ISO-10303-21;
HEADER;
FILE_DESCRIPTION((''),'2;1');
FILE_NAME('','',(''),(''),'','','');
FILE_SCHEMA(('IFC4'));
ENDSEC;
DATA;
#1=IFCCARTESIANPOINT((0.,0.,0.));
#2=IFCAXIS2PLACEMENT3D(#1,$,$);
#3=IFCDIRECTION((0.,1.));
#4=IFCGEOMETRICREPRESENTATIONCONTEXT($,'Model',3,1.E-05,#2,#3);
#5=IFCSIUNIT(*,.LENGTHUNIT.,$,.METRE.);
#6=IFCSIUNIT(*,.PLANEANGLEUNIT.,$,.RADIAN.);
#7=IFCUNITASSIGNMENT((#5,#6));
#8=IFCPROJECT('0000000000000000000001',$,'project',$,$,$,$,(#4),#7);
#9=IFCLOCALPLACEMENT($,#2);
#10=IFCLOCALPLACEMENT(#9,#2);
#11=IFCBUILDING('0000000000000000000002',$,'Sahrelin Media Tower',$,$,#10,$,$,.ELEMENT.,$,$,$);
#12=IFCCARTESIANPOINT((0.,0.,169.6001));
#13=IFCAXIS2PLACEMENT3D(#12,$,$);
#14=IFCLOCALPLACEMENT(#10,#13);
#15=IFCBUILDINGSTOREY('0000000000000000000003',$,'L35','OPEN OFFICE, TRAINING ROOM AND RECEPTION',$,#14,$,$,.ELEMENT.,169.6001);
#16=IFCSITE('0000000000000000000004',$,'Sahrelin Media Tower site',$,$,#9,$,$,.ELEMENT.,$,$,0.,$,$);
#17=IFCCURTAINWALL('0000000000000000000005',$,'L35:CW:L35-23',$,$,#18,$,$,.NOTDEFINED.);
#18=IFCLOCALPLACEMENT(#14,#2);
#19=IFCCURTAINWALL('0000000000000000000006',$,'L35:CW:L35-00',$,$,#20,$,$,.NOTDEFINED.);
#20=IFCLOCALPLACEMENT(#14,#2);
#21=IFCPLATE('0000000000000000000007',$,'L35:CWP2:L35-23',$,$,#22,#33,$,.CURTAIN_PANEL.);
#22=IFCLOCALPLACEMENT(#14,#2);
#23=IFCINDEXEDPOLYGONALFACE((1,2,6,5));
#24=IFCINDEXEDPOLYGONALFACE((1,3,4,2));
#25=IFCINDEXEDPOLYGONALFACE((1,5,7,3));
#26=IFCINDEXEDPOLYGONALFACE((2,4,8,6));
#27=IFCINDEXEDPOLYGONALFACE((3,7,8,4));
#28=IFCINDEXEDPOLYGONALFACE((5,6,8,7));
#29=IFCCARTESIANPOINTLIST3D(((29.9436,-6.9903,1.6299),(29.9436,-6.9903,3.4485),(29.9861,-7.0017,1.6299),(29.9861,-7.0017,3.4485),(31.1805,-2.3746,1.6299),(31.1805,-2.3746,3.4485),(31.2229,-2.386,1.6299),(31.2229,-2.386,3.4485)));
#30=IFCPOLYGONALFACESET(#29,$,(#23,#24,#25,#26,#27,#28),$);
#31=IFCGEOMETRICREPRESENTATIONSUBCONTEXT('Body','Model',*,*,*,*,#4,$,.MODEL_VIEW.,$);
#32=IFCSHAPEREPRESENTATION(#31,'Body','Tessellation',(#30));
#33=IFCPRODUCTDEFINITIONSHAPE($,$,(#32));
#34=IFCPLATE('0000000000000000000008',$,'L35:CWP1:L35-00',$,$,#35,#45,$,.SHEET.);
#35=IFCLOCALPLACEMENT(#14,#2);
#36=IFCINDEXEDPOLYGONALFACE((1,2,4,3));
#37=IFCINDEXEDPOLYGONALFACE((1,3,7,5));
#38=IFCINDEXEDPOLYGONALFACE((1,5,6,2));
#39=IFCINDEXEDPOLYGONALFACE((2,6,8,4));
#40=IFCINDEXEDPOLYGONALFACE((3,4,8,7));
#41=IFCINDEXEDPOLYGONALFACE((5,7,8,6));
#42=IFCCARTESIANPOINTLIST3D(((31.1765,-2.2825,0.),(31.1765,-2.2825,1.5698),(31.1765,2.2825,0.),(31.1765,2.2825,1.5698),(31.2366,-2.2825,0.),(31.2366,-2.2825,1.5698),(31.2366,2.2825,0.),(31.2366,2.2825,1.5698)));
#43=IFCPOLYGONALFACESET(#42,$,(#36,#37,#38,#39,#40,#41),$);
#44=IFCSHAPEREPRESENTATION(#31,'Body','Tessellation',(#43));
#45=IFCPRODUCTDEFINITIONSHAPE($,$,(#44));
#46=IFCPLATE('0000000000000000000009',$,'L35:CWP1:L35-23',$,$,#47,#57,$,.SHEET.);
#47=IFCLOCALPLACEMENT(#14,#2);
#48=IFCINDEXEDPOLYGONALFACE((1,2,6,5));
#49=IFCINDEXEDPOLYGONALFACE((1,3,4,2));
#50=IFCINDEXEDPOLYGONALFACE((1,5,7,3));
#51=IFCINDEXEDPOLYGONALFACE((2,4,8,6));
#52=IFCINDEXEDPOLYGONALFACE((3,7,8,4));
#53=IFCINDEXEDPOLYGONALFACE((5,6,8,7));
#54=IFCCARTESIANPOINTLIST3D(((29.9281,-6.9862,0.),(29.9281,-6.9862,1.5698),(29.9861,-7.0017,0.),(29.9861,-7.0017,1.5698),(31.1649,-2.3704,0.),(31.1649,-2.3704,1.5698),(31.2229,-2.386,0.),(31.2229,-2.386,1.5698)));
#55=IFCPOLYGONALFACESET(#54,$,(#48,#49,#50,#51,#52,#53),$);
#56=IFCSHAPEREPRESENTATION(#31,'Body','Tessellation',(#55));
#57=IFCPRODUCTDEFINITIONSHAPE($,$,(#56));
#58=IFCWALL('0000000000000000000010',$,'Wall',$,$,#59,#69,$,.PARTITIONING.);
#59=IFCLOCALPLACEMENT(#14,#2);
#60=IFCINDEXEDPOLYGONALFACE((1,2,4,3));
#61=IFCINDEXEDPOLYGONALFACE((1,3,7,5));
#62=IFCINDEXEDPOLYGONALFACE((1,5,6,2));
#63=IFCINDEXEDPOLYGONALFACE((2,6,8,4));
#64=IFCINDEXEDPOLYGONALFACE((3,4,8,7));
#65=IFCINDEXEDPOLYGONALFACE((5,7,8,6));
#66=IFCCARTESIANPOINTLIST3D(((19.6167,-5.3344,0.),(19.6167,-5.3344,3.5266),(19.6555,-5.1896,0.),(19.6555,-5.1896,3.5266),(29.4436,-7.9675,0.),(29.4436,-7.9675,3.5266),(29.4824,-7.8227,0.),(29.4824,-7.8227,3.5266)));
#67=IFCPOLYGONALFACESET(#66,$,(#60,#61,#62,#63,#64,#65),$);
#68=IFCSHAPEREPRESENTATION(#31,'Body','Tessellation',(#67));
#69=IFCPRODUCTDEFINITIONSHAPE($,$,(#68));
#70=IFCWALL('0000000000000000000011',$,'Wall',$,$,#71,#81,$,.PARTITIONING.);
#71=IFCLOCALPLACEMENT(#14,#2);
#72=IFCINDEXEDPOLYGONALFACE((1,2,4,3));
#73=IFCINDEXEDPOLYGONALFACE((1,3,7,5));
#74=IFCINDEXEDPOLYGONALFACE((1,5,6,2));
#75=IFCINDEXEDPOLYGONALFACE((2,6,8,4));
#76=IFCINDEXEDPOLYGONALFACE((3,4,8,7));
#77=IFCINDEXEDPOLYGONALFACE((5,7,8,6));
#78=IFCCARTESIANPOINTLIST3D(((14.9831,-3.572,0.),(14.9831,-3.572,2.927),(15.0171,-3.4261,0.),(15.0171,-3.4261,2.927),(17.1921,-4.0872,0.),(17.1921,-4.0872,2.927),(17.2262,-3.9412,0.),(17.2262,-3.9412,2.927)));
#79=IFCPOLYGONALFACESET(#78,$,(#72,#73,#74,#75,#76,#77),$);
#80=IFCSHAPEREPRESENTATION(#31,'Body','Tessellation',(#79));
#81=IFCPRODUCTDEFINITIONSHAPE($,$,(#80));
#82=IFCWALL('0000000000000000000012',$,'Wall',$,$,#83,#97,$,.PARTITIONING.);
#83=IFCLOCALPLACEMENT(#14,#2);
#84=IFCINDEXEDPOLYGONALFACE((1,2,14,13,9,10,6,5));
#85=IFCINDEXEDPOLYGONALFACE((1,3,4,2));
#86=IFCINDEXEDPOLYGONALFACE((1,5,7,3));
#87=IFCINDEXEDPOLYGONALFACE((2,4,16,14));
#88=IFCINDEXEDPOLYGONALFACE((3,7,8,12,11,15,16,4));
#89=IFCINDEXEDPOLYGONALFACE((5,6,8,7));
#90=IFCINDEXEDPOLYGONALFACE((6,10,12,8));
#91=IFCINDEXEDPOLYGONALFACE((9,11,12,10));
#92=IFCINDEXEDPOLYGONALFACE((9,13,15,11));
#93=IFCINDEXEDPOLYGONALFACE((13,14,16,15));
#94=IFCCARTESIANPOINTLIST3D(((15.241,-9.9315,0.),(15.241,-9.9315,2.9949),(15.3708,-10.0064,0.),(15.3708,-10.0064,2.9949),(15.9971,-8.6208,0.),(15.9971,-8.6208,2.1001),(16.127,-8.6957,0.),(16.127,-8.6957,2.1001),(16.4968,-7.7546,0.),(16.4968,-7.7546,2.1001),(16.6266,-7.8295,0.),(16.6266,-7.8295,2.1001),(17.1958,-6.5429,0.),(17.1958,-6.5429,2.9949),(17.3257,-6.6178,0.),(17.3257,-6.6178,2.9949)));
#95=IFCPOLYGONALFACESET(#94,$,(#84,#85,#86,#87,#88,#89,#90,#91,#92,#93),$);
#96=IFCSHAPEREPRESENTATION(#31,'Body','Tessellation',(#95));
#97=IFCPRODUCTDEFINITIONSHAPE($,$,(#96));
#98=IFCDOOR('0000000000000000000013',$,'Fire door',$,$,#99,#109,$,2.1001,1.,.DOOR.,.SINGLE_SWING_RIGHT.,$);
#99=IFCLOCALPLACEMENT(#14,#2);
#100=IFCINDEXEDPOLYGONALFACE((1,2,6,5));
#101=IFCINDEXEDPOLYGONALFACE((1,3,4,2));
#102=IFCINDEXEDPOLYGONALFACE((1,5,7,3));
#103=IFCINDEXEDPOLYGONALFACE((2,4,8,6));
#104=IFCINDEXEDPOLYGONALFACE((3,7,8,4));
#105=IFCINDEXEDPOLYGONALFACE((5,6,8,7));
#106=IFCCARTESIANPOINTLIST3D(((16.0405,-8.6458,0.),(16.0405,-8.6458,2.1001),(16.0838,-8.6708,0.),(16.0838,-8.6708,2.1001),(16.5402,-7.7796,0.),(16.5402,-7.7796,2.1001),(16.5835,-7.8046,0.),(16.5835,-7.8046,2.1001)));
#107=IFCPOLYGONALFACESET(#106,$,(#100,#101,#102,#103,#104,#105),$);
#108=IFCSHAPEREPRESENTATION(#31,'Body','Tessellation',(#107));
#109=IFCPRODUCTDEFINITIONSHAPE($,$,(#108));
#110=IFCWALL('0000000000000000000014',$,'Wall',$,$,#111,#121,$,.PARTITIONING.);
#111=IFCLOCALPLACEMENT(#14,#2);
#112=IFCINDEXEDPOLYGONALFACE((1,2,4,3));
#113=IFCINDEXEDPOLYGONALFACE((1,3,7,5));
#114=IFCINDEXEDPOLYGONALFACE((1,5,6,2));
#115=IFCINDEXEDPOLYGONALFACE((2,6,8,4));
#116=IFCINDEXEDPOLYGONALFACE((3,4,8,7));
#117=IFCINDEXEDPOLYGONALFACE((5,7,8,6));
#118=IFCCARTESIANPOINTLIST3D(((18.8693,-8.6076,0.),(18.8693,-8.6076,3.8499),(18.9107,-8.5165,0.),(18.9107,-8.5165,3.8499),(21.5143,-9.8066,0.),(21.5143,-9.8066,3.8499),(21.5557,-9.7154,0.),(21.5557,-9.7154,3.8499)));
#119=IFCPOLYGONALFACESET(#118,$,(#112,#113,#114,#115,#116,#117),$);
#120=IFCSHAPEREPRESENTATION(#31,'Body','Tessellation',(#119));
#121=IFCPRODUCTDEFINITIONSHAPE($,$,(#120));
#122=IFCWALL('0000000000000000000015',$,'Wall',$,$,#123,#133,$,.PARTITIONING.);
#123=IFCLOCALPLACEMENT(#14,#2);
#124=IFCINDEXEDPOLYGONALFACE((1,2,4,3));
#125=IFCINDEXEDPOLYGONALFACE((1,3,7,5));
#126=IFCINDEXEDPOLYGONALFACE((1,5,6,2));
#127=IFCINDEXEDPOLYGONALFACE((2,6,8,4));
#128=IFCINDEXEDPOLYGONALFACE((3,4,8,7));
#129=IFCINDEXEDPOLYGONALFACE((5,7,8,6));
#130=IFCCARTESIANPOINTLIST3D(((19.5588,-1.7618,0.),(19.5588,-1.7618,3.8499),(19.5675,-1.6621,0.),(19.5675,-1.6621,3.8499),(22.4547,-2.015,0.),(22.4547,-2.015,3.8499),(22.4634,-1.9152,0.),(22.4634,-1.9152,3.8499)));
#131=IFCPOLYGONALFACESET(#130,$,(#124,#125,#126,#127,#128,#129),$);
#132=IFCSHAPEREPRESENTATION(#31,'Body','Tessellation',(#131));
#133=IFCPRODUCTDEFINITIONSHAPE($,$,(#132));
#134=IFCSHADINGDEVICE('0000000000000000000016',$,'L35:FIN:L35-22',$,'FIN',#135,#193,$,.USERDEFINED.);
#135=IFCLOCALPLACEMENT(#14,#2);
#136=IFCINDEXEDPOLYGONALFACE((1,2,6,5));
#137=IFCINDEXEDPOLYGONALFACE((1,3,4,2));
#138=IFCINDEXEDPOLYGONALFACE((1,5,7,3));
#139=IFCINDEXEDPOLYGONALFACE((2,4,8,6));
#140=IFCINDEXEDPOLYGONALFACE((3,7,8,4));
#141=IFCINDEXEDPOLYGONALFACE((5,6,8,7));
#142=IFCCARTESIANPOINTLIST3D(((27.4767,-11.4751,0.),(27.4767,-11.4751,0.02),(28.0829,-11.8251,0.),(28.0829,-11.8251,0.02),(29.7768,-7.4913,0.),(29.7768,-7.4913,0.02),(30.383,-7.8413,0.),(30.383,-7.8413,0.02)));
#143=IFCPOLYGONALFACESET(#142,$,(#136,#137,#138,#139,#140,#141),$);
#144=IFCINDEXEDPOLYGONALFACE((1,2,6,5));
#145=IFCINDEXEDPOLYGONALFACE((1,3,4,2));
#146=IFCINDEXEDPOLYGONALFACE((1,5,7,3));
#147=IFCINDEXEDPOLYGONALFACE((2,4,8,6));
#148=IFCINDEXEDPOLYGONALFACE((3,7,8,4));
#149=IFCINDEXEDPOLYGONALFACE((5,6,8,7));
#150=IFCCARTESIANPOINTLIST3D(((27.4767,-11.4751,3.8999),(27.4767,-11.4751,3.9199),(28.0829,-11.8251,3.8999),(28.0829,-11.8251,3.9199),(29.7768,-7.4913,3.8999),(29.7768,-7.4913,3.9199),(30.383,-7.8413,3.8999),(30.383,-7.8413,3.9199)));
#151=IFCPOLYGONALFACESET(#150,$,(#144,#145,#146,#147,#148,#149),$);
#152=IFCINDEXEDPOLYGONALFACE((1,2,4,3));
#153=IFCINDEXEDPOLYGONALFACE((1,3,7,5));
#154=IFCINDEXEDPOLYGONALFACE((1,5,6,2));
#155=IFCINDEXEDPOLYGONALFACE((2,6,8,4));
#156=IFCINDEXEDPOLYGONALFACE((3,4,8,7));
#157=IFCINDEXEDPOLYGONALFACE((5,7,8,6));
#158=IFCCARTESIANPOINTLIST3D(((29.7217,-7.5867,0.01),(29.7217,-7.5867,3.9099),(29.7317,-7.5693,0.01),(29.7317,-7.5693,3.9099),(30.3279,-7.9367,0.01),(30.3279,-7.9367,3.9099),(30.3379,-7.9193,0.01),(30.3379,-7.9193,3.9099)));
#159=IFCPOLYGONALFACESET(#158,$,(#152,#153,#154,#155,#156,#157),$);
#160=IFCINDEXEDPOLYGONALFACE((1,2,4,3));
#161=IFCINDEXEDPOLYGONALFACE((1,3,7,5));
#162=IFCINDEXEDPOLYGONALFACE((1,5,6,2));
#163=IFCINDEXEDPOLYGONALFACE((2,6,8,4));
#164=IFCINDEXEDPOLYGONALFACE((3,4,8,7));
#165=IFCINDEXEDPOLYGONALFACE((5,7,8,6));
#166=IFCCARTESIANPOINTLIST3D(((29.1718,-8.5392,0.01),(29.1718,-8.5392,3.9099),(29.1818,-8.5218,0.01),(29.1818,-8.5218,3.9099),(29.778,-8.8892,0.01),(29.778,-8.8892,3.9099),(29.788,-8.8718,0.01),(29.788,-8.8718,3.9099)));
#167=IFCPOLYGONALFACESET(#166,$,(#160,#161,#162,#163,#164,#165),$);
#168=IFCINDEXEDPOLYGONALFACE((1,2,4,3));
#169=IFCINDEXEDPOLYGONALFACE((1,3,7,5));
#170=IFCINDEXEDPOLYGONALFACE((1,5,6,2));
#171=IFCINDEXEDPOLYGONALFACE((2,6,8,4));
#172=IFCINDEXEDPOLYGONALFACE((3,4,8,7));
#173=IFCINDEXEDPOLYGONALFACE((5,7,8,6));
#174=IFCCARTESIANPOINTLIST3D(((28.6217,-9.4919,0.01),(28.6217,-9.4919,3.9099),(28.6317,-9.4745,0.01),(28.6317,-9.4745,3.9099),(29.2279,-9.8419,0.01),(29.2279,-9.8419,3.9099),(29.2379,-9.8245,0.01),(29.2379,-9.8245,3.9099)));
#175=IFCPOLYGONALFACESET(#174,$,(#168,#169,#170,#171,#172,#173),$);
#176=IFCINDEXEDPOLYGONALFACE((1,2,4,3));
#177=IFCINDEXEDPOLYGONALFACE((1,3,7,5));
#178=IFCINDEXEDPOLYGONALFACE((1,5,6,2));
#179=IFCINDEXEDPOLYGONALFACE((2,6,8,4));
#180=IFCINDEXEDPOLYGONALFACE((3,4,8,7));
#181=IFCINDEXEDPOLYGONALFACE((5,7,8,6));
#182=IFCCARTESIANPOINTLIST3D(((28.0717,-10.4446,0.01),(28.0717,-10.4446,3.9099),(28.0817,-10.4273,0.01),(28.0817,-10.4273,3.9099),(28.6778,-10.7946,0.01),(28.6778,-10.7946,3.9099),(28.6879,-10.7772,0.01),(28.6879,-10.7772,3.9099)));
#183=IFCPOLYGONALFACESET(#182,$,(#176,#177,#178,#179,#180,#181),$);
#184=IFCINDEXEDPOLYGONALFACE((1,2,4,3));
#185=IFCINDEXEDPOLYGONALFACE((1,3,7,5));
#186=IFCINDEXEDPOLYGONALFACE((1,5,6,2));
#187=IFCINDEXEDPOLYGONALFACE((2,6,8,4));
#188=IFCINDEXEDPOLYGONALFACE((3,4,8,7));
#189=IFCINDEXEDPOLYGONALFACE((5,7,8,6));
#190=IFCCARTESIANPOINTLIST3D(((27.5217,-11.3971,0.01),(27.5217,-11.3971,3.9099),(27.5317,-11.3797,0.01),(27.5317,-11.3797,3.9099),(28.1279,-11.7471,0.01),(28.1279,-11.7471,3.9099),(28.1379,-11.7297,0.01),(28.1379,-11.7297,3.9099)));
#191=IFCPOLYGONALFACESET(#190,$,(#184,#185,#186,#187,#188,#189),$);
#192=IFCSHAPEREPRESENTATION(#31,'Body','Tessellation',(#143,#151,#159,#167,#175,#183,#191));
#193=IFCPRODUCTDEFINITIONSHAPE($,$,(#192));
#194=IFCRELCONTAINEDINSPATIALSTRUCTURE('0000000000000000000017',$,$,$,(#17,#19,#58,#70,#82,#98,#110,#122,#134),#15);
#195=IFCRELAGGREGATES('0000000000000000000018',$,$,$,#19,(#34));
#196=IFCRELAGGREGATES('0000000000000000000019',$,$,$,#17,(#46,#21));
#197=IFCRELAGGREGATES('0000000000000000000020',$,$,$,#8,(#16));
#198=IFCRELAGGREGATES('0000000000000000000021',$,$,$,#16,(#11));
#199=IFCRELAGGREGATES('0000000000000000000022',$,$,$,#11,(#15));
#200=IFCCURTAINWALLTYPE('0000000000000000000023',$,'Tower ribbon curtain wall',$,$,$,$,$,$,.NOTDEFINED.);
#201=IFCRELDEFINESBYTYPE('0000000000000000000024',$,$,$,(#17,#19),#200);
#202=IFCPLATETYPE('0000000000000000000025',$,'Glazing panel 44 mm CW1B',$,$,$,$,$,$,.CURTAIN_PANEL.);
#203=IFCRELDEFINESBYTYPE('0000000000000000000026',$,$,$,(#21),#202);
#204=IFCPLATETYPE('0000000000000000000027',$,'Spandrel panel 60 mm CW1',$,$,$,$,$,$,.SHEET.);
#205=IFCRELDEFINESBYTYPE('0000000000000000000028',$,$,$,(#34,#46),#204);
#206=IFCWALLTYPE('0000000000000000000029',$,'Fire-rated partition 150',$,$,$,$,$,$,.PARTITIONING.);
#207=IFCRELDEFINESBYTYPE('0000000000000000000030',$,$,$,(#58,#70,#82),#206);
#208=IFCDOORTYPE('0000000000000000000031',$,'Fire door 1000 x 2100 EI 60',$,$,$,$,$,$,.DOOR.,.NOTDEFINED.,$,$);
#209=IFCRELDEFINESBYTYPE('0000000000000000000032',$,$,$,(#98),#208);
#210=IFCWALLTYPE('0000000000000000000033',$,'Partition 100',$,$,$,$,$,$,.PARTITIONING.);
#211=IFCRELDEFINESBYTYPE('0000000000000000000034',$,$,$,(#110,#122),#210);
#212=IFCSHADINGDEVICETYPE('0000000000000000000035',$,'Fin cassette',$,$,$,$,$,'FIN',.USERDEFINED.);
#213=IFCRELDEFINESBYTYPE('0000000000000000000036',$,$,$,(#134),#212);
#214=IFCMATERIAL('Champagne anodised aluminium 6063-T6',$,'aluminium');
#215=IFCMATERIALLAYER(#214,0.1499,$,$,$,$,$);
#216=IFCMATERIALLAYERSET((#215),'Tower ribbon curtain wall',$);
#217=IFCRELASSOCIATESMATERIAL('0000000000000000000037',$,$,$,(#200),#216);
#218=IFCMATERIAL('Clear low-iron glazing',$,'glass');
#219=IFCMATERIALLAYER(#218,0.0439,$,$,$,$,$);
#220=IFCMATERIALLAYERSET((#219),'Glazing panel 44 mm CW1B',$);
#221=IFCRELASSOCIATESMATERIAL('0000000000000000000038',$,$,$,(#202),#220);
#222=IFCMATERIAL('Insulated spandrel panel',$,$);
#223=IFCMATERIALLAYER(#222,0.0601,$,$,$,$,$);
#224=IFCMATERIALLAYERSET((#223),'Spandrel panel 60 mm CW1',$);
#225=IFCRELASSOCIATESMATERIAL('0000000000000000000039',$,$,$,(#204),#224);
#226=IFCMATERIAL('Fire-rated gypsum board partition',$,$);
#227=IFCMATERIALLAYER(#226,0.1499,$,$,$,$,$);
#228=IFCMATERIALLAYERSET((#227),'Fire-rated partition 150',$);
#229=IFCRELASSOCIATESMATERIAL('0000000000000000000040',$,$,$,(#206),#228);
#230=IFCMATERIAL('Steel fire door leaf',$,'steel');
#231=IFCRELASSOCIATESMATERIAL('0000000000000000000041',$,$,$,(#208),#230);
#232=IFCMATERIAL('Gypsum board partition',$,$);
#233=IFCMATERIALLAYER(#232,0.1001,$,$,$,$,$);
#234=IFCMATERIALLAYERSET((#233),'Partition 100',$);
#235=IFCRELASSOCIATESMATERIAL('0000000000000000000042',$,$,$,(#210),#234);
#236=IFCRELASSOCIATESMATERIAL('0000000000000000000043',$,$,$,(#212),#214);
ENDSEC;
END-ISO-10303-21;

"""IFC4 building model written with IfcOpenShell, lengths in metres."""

from ifc_helpers import new_model, si_unit, direction, frame, frame_2d, origin, origin_2d, place, context, subcontext, project, spatial, polyline, rectangle, outline, extrude, material, layer, layer_set, type_object, element, fill, aggregate, save


model = new_model("IFC4")

# Units and contexts
model_context = context("Model", 3, precision=1e-05, world=origin(), true_north=direction((0.0, 1.0)))
body_context = subcontext(model_context, "Body", "Model", "MODEL_VIEW")
ifc_project = project(units=[si_unit("LENGTHUNIT", "METRE"), si_unit("PLANEANGLEUNIT", "RADIAN")], contexts=[model_context])

# Site, building, storey
site_placement = place(None, origin())
site = spatial("IfcSite", under=ifc_project, at=site_placement, Name="Sahrelin Media Tower site", CompositionType="ELEMENT", RefElevation=0.0)
building_placement = place(site_placement, origin())
building = spatial("IfcBuilding", under=site, at=building_placement, Name="Sahrelin Media Tower", CompositionType="ELEMENT")
storey_placement = place(building_placement, frame((0.0, 0.0, 169.6001)))
storey = spatial("IfcBuildingStorey", under=building, at=storey_placement, Name="L35", Description="OPEN OFFICE, TRAINING ROOM AND RECEPTION", CompositionType="ELEMENT", Elevation=169.6001)

# Curtain wall
ifc_material_1 = material(Name="Champagne anodised aluminium 6063-T6", Category="aluminium")
ifc_layer_1 = layer(ifc_material_1, 0.1499)
ifc_layer_set_1 = layer_set([ifc_layer_1], Name="Tower ribbon curtain wall")
curtain_wall_type = type_object("IfcCurtainWallType", Name="Tower ribbon curtain wall", PredefinedType="NOTDEFINED", material=ifc_layer_set_1)
curtain_wall_1_placement = place(storey_placement, frame((30.5852, -4.6885, 0.0), z_axis=(0.0, 0.0, 1.0), x_axis=(1.0, 0.0, 0.0)))
curtain_wall_1 = element("IfcCurtainWall", 1, at=curtain_wall_1_placement, inside=storey, type_object=curtain_wall_type, Name="L35:CW:L35-23", PredefinedType="NOTDEFINED")

# Curtain wall
curtain_wall_2_placement = place(storey_placement, frame((31.2166, 0.0, 0.0), z_axis=(0.0, 0.0, 1.0), x_axis=(1.0, 0.0, 0.0)))
curtain_wall_2 = element("IfcCurtainWall", 2, at=curtain_wall_2_placement, inside=storey, type_object=curtain_wall_type, Name="L35:CW:L35-00", PredefinedType="NOTDEFINED")

# Plates
ifc_material_2 = material(Name="Clear low-iron glazing", Category="glass")
ifc_layer_2 = layer(ifc_material_2, 0.0439)
ifc_layer_set_2 = layer_set([ifc_layer_2], Name="Glazing panel 44 mm CW1B")
plate_type_1 = type_object("IfcPlateType", Name="Glazing panel 44 mm CW1B", PredefinedType="CURTAIN_PANEL", material=ifc_layer_set_2)
plate_1_placement = place(storey_placement, frame((29.9861, -7.0017, 1.6299), z_axis=(0.965924, -0.258826, 0.0), x_axis=(0.258826, 0.965924, 0.0)))
plate_1 = element("IfcPlate", 3, at=plate_1_placement, type_object=plate_type_1, Name="L35:CWP2:L35-23", PredefinedType="CURTAIN_PANEL", context=body_context, shape_type="SweptSolid", body=[
    extrude(outline(polyline([(0.0, 0.0), (4.7786, 0.0), (4.7786, 1.8186), (0.0, 1.8186), (0.0, 0.0)])), origin(), (0.0, 0.0, -1.0), 0.0439),
])
ifc_material_3 = material(Name="Insulated spandrel panel")
ifc_layer_3 = layer(ifc_material_3, 0.0601)
ifc_layer_set_3 = layer_set([ifc_layer_3], Name="Spandrel panel 60 mm CW1")
plate_type_2 = type_object("IfcPlateType", Name="Spandrel panel 60 mm CW1", PredefinedType="SHEET", material=ifc_layer_set_3)
plate_2_placement = place(storey_placement, frame((31.2366, -2.2825, 0.0), z_axis=(1.0, 0.0, 0.0), x_axis=(0.0, 1.0, 0.0)))
plate_2 = element("IfcPlate", 4, at=plate_2_placement, type_object=plate_type_2, Name="L35:CWP1:L35-00", PredefinedType="SHEET", context=body_context, shape_type="SweptSolid", body=[
    extrude(outline(polyline([(0.0, 0.0), (4.5649, 0.0), (4.5649, 1.5698), (0.0, 1.5698), (0.0, 0.0)])), origin(), (0.0, 0.0, -1.0), 0.0601),
])
aggregate(curtain_wall_2, [plate_2])
plate_3_placement = place(storey_placement, frame((29.9861, -7.0017, 0.0), z_axis=(0.965924, -0.258826, 0.0), x_axis=(0.258826, 0.965924, 0.0)))
plate_3 = element("IfcPlate", 5, at=plate_3_placement, type_object=plate_type_2, Name="L35:CWP1:L35-23", PredefinedType="SHEET", context=body_context, shape_type="SweptSolid", body=[
    extrude(outline(polyline([(0.0, 0.0), (4.7786, 0.0), (4.7786, 1.5698), (0.0, 1.5698), (0.0, 0.0)])), origin(), (0.0, 0.0, -1.0), 0.0601),
])
aggregate(curtain_wall_1, [plate_3, plate_1])

# Walls
ifc_material_4 = material(Name="Fire-rated gypsum board partition")
ifc_layer_4 = layer(ifc_material_4, 0.1499)
ifc_layer_set_4 = layer_set([ifc_layer_4], Name="Fire-rated partition 150")
wall_type_1 = type_object("IfcWallType", Name="Fire-rated partition 150", PredefinedType="PARTITIONING", material=ifc_layer_set_4)
wall_1_placement = place(storey_placement, frame((19.636, -5.262, 0.0), z_axis=(0.0, 0.0, 1.0), x_axis=(0.965927, -0.258814, 0.0)))
element("IfcWall", 6, at=wall_1_placement, inside=storey, type_object=wall_type_1, Name="Wall", PredefinedType="PARTITIONING", context=body_context, shape_type="SweptSolid", body=[
    extrude(rectangle(XDim=10.1736, YDim=0.1499, at=frame_2d((5.0869, 0.0))), origin(), (0.0, 0.0, 1.0), 3.5266),
])
wall_2_placement = place(storey_placement, frame((15.0, -3.499, 0.0), z_axis=(0.0, 0.0, 1.0), x_axis=(0.97387, -0.227107, 0.0)))
element("IfcWall", 7, at=wall_2_placement, inside=storey, type_object=wall_type_1, Name="Wall", PredefinedType="PARTITIONING", context=body_context, shape_type="SweptSolid", body=[
    extrude(rectangle(XDim=2.2683, YDim=0.1499, at=frame_2d((1.1343, 0.0))), origin(), (0.0, 0.0, 1.0), 2.927),
])

# Wall, opening, door
wall_3_placement = place(storey_placement, frame((15.3059, -9.969, 0.0), z_axis=(0.0, 0.0, 1.0), x_axis=(0.49969, 0.866204, 0.0)))
wall_3 = element("IfcWall", 8, at=wall_3_placement, inside=storey, type_object=wall_type_1, Name="Wall", PredefinedType="PARTITIONING", context=body_context, shape_type="SweptSolid", body=[
    extrude(rectangle(XDim=3.9121, YDim=0.1499, at=frame_2d((1.9561, 0.0))), origin(), (0.0, 0.0, 1.0), 2.9949),
])
opening_placement = place(wall_3_placement, frame((1.5132, 0.0, 0.0)))
opening = element("IfcOpeningElement", 9, at=opening_placement, cuts=wall_3, PredefinedType="OPENING", context=body_context, shape_type="SweptSolid", body=[
    extrude(rectangle(XDim=1.0, YDim=2.1001, at=frame_2d((0.5, 1.05))), frame((0.0, 0.075, 0.0), z_axis=(0.0, -1.0, 0.0), x_axis=(1.0, 0.0, 0.0)), (0.0, 0.0, 1.0), 0.1499),
])
ifc_material_5 = material(Name="Steel fire door leaf", Category="steel")
door_type = type_object("IfcDoorType", Name="Fire door 1000 x 2100 EI 60", OperationType="NOTDEFINED", PredefinedType="DOOR", material=ifc_material_5)
door_placement = place(opening_placement, origin())
door = element("IfcDoor", 10, at=door_placement, inside=storey, type_object=door_type, Name="Fire door", OperationType="SINGLE_SWING_RIGHT", OverallHeight=2.1001, OverallWidth=1.0, PredefinedType="DOOR", context=body_context, shape_type="SweptSolid", body=[
    extrude(rectangle(XDim=1.0, YDim=2.1001, at=frame_2d((0.5, 1.05))), frame((0.0, 0.0249, 0.0), z_axis=(0.0, -1.0, 0.0), x_axis=(1.0, 0.0, 0.0)), (0.0, 0.0, 1.0), 0.05),
])
fill(opening, door)

# Walls
ifc_material_6 = material(Name="Gypsum board partition")
ifc_layer_5 = layer(ifc_material_6, 0.1001)
ifc_layer_set_5 = layer_set([ifc_layer_5], Name="Partition 100")
wall_type_2 = type_object("IfcWallType", Name="Partition 100", PredefinedType="PARTITIONING", material=ifc_layer_set_5)
wall_4_placement = place(storey_placement, frame((18.8899, -8.562, 0.0), z_axis=(0.0, 0.0, 1.0), x_axis=(0.910795, -0.412859, 0.0)))
element("IfcWall", 11, at=wall_4_placement, inside=storey, type_object=wall_type_2, Name="Wall", PredefinedType="PARTITIONING", context=body_context, shape_type="SweptSolid", body=[
    extrude(rectangle(XDim=2.9041, YDim=0.1001, at=frame_2d((1.4521, 0.0))), origin(), (0.0, 0.0, 1.0), 3.8499),
])
wall_5_placement = place(storey_placement, frame((19.563, -1.7119, 0.0), z_axis=(0.0, 0.0, 1.0), x_axis=(0.9962, -0.08709, 0.0)))
element("IfcWall", 12, at=wall_5_placement, inside=storey, type_object=wall_type_2, Name="Wall", PredefinedType="PARTITIONING", context=body_context, shape_type="SweptSolid", body=[
    extrude(rectangle(XDim=2.907, YDim=0.1001, at=frame_2d((1.4536, 0.0))), origin(), (0.0, 0.0, 1.0), 3.8499),
])

# Shading device
shading_device_type_1 = type_object("IfcShadingDeviceType", Name="Fin cassette", ElementType="FIN", PredefinedType="USERDEFINED", material=ifc_material_1)
placement_1 = place(storey_placement, frame((28.5662, -9.4482, 0.0), z_axis=(0.0, 0.0, 1.0), x_axis=(-0.500011, -0.866019, 0.0)))
element("IfcShadingDevice", 13, at=placement_1, inside=storey, type_object=shading_device_type_1, Name="L35:FIN:L35-22", ObjectType="FIN", PredefinedType="USERDEFINED", context=body_context, shape_type="SweptSolid", body=[
    extrude(rectangle(XDim=4.6001, YDim=0.7, at=origin_2d()), frame((0.0, 0.4199, 0.0)), (0.0, 0.0, 1.0), 0.02),
    extrude(rectangle(XDim=4.6001, YDim=0.7, at=origin_2d()), frame((0.0, 0.4199, 3.8999)), (0.0, 0.0, 1.0), 0.02),
    extrude(rectangle(XDim=0.02, YDim=0.7, at=origin_2d()), frame((-2.2, 0.4199, 0.01), z_axis=(0.0, 0.0, 1.0), x_axis=(1.0, 0.0, 0.0)), (0.0, 0.0, 1.0), 3.8999),
    extrude(rectangle(XDim=0.02, YDim=0.7, at=origin_2d()), frame((-1.1001, 0.4199, 0.01), z_axis=(0.0, 0.0, 1.0), x_axis=(1.0, 0.0, 0.0)), (0.0, 0.0, 1.0), 3.8999),
    extrude(rectangle(XDim=0.02, YDim=0.7, at=origin_2d()), frame((0.0, 0.4199, 0.01), z_axis=(0.0, 0.0, 1.0), x_axis=(1.0, 0.0, 0.0)), (0.0, 0.0, 1.0), 3.8999),
    extrude(rectangle(XDim=0.02, YDim=0.7, at=origin_2d()), frame((1.1001, 0.4199, 0.01), z_axis=(0.0, 0.0, 1.0), x_axis=(1.0, 0.0, 0.0)), (0.0, 0.0, 1.0), 3.8999),
    extrude(rectangle(XDim=0.02, YDim=0.7, at=origin_2d()), frame((2.2, 0.4199, 0.01), z_axis=(0.0, 0.0, 1.0), x_axis=(1.0, 0.0, 0.0)), (0.0, 0.0, 1.0), 3.8999),
])

save(model, "model.ifc")
